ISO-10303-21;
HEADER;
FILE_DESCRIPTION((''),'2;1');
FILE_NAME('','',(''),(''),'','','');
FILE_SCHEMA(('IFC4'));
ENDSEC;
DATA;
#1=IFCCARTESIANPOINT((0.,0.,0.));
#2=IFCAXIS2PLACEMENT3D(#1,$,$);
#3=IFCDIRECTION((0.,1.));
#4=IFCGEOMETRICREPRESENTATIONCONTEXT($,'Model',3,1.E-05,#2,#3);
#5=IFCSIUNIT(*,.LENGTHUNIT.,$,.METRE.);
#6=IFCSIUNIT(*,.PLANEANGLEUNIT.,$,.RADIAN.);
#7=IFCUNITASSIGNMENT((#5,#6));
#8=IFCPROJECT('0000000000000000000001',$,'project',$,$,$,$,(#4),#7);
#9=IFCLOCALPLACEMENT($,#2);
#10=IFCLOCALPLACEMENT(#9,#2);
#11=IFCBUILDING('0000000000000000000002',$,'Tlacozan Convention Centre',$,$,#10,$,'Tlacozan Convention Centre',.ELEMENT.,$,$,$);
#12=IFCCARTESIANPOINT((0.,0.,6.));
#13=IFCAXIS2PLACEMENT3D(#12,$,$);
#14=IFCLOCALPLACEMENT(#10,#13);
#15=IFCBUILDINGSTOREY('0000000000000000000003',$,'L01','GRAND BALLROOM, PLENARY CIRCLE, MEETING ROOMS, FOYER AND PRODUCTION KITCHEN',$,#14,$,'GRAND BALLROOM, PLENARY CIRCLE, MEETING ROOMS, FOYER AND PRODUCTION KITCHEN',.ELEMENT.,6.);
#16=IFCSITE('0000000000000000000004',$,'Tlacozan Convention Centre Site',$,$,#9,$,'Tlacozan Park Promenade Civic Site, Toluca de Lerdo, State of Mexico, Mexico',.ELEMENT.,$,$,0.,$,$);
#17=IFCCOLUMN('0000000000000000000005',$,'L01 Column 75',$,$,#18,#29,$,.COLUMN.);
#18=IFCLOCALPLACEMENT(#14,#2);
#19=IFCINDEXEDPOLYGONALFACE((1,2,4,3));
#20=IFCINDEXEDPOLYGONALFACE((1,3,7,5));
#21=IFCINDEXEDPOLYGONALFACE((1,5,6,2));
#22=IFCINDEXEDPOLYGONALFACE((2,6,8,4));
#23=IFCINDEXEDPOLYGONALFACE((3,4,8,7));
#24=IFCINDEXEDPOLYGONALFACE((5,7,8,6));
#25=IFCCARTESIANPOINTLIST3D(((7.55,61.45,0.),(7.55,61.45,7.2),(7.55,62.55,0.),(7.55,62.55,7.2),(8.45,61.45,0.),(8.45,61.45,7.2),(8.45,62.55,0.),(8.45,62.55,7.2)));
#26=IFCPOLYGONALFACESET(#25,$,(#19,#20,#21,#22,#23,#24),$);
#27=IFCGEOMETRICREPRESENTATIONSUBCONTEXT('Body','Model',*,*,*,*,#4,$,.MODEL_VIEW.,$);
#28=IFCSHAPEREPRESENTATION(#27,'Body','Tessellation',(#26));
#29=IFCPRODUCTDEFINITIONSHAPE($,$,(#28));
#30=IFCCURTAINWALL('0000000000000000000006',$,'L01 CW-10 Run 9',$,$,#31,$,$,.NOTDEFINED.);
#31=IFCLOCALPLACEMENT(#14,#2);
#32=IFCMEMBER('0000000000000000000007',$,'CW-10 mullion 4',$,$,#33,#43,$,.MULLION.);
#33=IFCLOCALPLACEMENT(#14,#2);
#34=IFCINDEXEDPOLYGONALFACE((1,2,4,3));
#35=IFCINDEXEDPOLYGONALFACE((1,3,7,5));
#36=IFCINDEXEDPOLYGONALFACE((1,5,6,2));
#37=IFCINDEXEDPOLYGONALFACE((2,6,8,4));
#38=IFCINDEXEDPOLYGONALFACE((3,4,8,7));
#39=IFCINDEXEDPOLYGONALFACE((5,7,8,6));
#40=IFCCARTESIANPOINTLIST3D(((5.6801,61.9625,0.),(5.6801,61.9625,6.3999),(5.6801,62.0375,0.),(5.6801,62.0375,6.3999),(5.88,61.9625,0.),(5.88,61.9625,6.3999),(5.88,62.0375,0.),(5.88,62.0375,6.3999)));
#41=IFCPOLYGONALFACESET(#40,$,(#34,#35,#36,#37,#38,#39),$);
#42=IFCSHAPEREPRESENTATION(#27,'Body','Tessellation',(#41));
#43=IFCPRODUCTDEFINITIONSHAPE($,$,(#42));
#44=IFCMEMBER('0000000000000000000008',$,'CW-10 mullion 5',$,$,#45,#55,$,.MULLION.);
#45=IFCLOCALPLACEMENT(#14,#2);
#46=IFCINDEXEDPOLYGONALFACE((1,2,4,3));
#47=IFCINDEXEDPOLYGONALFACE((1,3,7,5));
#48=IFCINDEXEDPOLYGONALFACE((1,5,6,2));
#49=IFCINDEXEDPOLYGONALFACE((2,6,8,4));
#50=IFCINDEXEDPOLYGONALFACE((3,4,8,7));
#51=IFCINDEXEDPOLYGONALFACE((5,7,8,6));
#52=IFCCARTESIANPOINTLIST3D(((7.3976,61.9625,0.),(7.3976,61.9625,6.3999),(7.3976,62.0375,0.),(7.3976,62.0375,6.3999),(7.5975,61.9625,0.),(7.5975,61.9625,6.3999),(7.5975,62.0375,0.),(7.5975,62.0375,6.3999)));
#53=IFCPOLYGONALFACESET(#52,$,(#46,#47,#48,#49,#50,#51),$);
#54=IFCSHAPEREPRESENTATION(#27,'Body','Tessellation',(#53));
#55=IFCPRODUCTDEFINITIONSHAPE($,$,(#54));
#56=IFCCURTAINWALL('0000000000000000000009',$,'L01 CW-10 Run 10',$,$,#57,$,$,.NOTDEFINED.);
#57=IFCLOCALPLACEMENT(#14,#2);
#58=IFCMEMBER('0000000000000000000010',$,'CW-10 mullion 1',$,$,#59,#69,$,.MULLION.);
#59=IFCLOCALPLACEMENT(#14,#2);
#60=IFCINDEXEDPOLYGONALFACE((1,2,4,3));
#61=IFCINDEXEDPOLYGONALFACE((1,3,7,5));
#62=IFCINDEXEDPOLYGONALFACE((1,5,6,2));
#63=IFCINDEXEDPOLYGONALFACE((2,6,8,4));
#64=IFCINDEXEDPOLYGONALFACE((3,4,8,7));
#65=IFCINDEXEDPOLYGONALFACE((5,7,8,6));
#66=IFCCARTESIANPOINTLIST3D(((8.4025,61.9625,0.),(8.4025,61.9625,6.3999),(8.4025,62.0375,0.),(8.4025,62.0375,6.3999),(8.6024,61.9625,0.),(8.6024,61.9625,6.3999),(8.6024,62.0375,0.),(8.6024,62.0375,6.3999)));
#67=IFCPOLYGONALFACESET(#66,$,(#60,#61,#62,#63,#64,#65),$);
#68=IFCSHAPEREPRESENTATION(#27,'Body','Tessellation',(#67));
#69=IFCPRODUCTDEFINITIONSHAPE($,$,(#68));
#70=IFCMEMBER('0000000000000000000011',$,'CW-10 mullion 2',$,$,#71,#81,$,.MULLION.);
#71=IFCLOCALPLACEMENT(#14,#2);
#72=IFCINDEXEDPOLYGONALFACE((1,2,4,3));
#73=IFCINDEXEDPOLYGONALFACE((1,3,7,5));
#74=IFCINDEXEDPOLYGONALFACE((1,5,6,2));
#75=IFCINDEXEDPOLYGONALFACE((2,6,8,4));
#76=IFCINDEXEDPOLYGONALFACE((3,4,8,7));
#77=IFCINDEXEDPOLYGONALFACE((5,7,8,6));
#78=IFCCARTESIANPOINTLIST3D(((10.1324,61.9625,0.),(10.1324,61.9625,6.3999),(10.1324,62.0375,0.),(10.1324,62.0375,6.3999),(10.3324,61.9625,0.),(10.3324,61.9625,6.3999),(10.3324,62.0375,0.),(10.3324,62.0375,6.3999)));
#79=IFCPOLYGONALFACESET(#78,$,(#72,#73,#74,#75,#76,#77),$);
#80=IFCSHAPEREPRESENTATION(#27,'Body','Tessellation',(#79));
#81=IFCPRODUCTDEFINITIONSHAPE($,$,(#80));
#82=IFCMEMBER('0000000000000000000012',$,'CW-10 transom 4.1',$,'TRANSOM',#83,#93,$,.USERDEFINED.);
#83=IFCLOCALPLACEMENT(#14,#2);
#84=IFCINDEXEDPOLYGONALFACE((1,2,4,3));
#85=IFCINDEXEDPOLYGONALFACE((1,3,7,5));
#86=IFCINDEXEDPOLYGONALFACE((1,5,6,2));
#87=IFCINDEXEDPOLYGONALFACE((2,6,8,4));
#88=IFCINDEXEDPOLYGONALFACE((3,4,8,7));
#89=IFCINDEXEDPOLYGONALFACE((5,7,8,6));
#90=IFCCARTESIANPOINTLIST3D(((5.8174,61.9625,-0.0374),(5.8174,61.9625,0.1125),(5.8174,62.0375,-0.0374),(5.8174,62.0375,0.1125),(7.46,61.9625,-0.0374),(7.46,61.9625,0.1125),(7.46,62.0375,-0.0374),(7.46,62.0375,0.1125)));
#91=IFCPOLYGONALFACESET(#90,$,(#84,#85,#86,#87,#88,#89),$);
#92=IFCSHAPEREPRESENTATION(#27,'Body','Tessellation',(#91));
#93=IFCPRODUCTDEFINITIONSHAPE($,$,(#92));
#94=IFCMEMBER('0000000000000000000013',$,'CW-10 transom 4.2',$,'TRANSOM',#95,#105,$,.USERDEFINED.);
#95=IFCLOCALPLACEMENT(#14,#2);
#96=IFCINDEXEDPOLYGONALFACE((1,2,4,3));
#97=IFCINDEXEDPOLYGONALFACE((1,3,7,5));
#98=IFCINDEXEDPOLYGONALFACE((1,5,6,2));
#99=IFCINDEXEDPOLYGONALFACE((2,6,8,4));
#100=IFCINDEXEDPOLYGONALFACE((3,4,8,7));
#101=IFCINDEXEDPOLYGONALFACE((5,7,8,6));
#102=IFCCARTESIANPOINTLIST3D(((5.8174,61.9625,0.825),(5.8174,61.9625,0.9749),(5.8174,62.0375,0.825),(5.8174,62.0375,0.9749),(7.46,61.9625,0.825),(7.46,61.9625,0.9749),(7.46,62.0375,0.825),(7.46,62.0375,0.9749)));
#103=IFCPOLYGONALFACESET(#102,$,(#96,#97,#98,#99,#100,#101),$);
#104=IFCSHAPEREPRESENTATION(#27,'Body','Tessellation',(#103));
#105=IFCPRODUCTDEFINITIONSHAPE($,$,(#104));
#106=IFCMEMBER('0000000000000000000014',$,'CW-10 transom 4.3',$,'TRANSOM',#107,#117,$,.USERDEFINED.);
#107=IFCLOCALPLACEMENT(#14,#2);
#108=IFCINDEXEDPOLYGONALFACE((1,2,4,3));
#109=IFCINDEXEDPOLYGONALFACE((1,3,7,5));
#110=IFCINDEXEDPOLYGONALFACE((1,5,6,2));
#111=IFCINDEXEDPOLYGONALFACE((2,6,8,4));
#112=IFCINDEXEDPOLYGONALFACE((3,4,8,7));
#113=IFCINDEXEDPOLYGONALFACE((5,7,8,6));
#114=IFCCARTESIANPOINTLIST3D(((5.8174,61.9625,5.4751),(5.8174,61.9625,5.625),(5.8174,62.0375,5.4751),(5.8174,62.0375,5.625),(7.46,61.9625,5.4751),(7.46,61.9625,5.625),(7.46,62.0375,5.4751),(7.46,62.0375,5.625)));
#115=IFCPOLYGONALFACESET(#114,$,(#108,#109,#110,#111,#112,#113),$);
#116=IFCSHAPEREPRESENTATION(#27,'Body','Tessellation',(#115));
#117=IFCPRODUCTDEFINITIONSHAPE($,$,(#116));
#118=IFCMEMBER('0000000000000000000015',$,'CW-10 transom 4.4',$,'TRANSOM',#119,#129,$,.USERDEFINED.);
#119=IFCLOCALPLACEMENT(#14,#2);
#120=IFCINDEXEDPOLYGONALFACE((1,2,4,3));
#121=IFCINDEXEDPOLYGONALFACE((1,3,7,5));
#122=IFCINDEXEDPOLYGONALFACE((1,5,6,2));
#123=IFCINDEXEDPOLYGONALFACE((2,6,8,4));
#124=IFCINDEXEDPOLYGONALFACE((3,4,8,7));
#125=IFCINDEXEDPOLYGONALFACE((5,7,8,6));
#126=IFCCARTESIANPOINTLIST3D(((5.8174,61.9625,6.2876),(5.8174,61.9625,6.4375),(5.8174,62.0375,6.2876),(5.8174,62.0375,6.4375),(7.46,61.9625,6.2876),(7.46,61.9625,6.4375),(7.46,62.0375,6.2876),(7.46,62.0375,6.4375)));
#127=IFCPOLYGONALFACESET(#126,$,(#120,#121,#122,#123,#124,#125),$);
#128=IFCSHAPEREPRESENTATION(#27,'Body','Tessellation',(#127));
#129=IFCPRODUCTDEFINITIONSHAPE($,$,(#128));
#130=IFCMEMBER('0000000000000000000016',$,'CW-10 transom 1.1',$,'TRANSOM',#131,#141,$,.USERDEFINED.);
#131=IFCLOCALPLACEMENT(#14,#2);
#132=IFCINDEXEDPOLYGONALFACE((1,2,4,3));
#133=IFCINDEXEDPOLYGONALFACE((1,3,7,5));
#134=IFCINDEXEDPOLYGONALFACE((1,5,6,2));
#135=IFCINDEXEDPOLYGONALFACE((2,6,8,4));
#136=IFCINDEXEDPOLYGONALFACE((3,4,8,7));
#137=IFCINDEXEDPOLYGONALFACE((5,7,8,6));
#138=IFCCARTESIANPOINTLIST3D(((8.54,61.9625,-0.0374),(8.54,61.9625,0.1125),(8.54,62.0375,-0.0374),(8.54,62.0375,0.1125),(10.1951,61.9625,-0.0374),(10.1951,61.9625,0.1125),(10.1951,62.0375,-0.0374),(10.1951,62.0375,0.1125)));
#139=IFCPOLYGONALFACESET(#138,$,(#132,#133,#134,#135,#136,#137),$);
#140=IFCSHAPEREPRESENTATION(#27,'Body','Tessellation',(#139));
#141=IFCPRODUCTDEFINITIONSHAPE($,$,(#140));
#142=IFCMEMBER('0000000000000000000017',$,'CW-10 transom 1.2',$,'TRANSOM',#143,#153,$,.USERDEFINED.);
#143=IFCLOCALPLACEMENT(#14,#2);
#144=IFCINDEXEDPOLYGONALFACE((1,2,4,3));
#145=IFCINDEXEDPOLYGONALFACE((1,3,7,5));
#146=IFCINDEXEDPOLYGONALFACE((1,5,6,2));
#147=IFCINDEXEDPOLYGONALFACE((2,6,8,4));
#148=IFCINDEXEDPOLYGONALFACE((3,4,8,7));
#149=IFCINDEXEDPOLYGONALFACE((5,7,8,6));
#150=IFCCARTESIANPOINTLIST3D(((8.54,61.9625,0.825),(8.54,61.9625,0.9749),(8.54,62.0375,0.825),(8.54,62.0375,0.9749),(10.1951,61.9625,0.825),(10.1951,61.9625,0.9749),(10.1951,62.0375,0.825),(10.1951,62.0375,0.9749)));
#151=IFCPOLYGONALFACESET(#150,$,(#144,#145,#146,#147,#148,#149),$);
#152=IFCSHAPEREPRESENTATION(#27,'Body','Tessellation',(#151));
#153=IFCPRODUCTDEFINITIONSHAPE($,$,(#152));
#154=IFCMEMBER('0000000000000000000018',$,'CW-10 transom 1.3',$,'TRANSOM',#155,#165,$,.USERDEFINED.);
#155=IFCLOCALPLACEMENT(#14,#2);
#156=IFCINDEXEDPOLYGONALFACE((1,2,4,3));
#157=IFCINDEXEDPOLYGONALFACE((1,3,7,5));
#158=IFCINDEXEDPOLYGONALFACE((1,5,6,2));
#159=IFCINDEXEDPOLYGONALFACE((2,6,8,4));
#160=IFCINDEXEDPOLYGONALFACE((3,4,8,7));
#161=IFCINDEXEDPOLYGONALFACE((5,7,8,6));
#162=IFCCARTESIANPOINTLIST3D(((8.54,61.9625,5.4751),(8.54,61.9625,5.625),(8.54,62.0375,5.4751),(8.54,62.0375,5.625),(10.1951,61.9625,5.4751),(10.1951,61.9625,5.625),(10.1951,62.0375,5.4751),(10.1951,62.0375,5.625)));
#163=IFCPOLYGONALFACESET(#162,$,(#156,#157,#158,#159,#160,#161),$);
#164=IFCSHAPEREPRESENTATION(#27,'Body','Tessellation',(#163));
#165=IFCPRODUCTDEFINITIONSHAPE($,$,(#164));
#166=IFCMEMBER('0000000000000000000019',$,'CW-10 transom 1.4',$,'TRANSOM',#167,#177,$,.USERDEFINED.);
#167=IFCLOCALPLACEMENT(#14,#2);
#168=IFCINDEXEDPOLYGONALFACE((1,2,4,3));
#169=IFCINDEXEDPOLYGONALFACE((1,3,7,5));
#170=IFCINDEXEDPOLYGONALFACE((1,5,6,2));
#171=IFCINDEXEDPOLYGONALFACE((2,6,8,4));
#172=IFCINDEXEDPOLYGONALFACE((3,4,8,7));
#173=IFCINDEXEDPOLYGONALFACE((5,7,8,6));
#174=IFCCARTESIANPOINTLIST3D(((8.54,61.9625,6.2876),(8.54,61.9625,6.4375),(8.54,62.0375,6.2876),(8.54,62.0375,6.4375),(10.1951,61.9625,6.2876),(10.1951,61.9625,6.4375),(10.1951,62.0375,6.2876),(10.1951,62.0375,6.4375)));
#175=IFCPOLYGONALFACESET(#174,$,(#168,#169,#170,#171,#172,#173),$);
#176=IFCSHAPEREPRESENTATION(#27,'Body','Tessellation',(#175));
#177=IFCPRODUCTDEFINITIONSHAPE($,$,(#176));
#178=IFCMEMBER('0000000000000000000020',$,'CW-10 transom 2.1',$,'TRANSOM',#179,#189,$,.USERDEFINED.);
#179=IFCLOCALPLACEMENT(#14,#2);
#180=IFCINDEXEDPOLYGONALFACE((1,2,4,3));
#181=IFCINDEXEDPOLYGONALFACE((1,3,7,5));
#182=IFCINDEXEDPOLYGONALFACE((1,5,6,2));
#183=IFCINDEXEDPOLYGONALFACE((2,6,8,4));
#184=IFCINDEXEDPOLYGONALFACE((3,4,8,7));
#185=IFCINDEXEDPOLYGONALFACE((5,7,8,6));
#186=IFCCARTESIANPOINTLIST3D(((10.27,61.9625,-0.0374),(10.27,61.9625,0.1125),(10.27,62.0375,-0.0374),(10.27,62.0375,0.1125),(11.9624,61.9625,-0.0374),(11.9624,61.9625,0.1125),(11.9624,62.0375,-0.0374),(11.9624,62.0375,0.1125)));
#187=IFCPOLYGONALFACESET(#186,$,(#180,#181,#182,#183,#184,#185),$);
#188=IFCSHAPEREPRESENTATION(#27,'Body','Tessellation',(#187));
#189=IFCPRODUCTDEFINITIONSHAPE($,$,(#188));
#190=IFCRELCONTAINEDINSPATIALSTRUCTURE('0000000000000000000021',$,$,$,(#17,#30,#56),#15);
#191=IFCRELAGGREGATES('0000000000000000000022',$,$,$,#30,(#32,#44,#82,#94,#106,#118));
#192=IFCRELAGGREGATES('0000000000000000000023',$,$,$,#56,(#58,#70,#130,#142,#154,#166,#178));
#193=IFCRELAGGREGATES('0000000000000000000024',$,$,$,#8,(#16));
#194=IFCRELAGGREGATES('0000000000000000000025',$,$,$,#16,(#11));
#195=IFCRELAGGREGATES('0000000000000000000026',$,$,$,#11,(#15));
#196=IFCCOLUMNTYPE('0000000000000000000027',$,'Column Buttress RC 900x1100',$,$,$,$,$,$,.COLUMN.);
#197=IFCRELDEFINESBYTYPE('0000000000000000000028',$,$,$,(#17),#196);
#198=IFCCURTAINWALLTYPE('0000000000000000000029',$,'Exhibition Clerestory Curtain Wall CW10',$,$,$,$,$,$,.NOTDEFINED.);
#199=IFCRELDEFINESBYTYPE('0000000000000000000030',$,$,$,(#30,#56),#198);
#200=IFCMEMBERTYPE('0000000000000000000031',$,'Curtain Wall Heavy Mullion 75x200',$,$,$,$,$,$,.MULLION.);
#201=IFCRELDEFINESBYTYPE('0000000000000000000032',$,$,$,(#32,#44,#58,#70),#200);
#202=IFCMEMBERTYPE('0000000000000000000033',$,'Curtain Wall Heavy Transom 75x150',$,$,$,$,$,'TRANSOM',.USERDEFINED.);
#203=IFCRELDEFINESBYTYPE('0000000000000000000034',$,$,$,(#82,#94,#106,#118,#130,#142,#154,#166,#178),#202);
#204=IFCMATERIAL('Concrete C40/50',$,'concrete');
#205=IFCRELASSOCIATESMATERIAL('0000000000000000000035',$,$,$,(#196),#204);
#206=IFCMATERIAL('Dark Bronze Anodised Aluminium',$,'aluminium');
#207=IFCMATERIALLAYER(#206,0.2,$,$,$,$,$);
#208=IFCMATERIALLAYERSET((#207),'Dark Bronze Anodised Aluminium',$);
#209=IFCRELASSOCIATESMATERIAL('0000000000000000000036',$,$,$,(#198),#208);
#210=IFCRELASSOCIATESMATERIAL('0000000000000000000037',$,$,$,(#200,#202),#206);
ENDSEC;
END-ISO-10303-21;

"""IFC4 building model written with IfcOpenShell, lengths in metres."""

from ifc_helpers import new_model, si_unit, direction, frame, origin, origin_2d, place, context, subcontext, project, spatial, rectangle, extrude, material, layer, layer_set, material_profile, profile_set, type_object, element, aggregate, save


model = new_model("IFC4")

# Units and contexts
model_context = context("Model", 3, precision=1e-05, world=origin(), true_north=direction((0.0, 1.0)))
body_context = subcontext(model_context, "Body", "Model", "MODEL_VIEW")
ifc_project = project(units=[si_unit("LENGTHUNIT", "METRE"), si_unit("PLANEANGLEUNIT", "RADIAN")], contexts=[model_context])

# Site, building, storey
site_placement = place(None, origin())
site = spatial("IfcSite", under=ifc_project, at=site_placement, Name="Tlacozan Convention Centre Site", LongName="Tlacozan Park Promenade Civic Site, Toluca de Lerdo, State of Mexico, Mexico", CompositionType="ELEMENT", RefElevation=0.0)
building_placement = place(site_placement, origin())
building = spatial("IfcBuilding", under=site, at=building_placement, Name="Tlacozan Convention Centre", LongName="Tlacozan Convention Centre", CompositionType="ELEMENT")
storey_placement = place(building_placement, frame((0.0, 0.0, 6.0)))
storey = spatial("IfcBuildingStorey", under=building, at=storey_placement, Name="L01", Description="GRAND BALLROOM, PLENARY CIRCLE, MEETING ROOMS, FOYER AND PRODUCTION KITCHEN", LongName="GRAND BALLROOM, PLENARY CIRCLE, MEETING ROOMS, FOYER AND PRODUCTION KITCHEN", CompositionType="ELEMENT", Elevation=6.0)

# Column
ifc_material_1 = material(Name="Concrete C40/50", Category="concrete")
ifc_material_profile_1 = material_profile(ifc_material_1, rectangle(XDim=0.8999, YDim=1.1001, at=origin_2d()), Name="RC 900x1100")
ifc_profile_set_1 = profile_set([ifc_material_profile_1], Name="Concrete C40/50")
column_type = type_object("IfcColumnType", Name="Column Buttress RC 900x1100", PredefinedType="COLUMN", material=ifc_profile_set_1)
column_placement = place(storey_placement, frame((8.0, 62.0, 0.0), z_axis=(0.0, 0.0, 1.0), x_axis=(1.0, 0.0, 0.0)))
element("IfcColumn", 1, at=column_placement, inside=storey, type_object=column_type, Name="L01 Column 75", PredefinedType="COLUMN", context=body_context, shape_type="SweptSolid", body=[
    extrude(rectangle(XDim=0.8999, YDim=1.1001, at=origin_2d()), origin(), (0.0, 0.0, 1.0), 7.2),
])

# Curtain walls, members
ifc_material_2 = material(Name="Dark Bronze Anodised Aluminium", Category="aluminium")
ifc_layer_1 = layer(ifc_material_2, 0.2)
ifc_layer_set_1 = layer_set([ifc_layer_1], Name="Dark Bronze Anodised Aluminium")
curtain_wall_type = type_object("IfcCurtainWallType", Name="Exhibition Clerestory Curtain Wall CW10", PredefinedType="NOTDEFINED", material=ifc_layer_set_1)
curtain_wall_1_placement = place(storey_placement, origin())
curtain_wall_1 = element("IfcCurtainWall", 2, at=curtain_wall_1_placement, inside=storey, type_object=curtain_wall_type, Name="L01 CW-10 Run 9", PredefinedType="NOTDEFINED")
ifc_material_profile_2 = material_profile(ifc_material_2, rectangle(XDim=0.075, YDim=0.2, at=origin_2d()), Name="ALU 75x200")
ifc_profile_set_2 = profile_set([ifc_material_profile_2], Name="Dark Bronze Anodised Aluminium")
member_type_1 = type_object("IfcMemberType", Name="Curtain Wall Heavy Mullion 75x200", PredefinedType="MULLION", material=ifc_profile_set_2)
member_1_placement = place(storey_placement, frame((5.78, 62.0, 0.0), z_axis=(0.0, 0.0, 1.0), x_axis=(0.0, 1.0, 0.0)))
member_1 = element("IfcMember", 3, at=member_1_placement, type_object=member_type_1, Name="CW-10 mullion 4", PredefinedType="MULLION", context=body_context, shape_type="SweptSolid", body=[
    extrude(rectangle(XDim=0.075, YDim=0.2, at=origin_2d()), origin(), (0.0, 0.0, 1.0), 6.3999),
])
member_2_placement = place(storey_placement, frame((7.4976, 62.0, 0.0), z_axis=(0.0, 0.0, 1.0), x_axis=(0.0, 1.0, 0.0)))
member_2 = element("IfcMember", 4, at=member_2_placement, type_object=member_type_1, Name="CW-10 mullion 5", PredefinedType="MULLION", context=body_context, shape_type="SweptSolid", body=[
    extrude(rectangle(XDim=0.075, YDim=0.2, at=origin_2d()), origin(), (0.0, 0.0, 1.0), 6.3999),
])
curtain_wall_2_placement = place(storey_placement, origin())
curtain_wall_2 = element("IfcCurtainWall", 5, at=curtain_wall_2_placement, inside=storey, type_object=curtain_wall_type, Name="L01 CW-10 Run 10", PredefinedType="NOTDEFINED")
member_3_placement = place(storey_placement, frame((8.5024, 62.0, 0.0), z_axis=(0.0, 0.0, 1.0), x_axis=(0.0, 1.0, 0.0)))
member_3 = element("IfcMember", 6, at=member_3_placement, type_object=member_type_1, Name="CW-10 mullion 1", PredefinedType="MULLION", context=body_context, shape_type="SweptSolid", body=[
    extrude(rectangle(XDim=0.075, YDim=0.2, at=origin_2d()), origin(), (0.0, 0.0, 1.0), 6.3999),
])
member_4_placement = place(storey_placement, frame((10.2324, 62.0, 0.0), z_axis=(0.0, 0.0, 1.0), x_axis=(0.0, 1.0, 0.0)))
member_4 = element("IfcMember", 7, at=member_4_placement, type_object=member_type_1, Name="CW-10 mullion 2", PredefinedType="MULLION", context=body_context, shape_type="SweptSolid", body=[
    extrude(rectangle(XDim=0.075, YDim=0.2, at=origin_2d()), origin(), (0.0, 0.0, 1.0), 6.3999),
])

# Members
ifc_material_profile_3 = material_profile(ifc_material_2, rectangle(XDim=0.075, YDim=0.1499, at=origin_2d()), Name="ALU 75x150")
ifc_profile_set_3 = profile_set([ifc_material_profile_3], Name="Dark Bronze Anodised Aluminium")
member_type_2 = type_object("IfcMemberType", Name="Curtain Wall Heavy Transom 75x150", ElementType="TRANSOM", PredefinedType="USERDEFINED", material=ifc_profile_set_3)
member_5_placement = place(storey_placement, frame((5.8174, 62.0, 0.0376), z_axis=(1.0, 0.0, 0.0), x_axis=(0.0, 1.0, 0.0)))
member_5 = element("IfcMember", 8, at=member_5_placement, type_object=member_type_2, Name="CW-10 transom 4.1", ObjectType="TRANSOM", PredefinedType="USERDEFINED", context=body_context, shape_type="SweptSolid", body=[
    extrude(rectangle(XDim=0.075, YDim=0.1499, at=origin_2d()), origin(), (0.0, 0.0, 1.0), 1.6426),
])
member_6_placement = place(storey_placement, frame((5.8174, 62.0, 0.8999), z_axis=(1.0, 0.0, 0.0), x_axis=(0.0, 1.0, 0.0)))
member_6 = element("IfcMember", 9, at=member_6_placement, type_object=member_type_2, Name="CW-10 transom 4.2", ObjectType="TRANSOM", PredefinedType="USERDEFINED", context=body_context, shape_type="SweptSolid", body=[
    extrude(rectangle(XDim=0.075, YDim=0.1499, at=origin_2d()), origin(), (0.0, 0.0, 1.0), 1.6426),
])
member_7_placement = place(storey_placement, frame((5.8174, 62.0, 5.55), z_axis=(1.0, 0.0, 0.0), x_axis=(0.0, 1.0, 0.0)))
member_7 = element("IfcMember", 10, at=member_7_placement, type_object=member_type_2, Name="CW-10 transom 4.3", ObjectType="TRANSOM", PredefinedType="USERDEFINED", context=body_context, shape_type="SweptSolid", body=[
    extrude(rectangle(XDim=0.075, YDim=0.1499, at=origin_2d()), origin(), (0.0, 0.0, 1.0), 1.6426),
])
member_8_placement = place(storey_placement, frame((5.8174, 62.0, 6.3625), z_axis=(1.0, 0.0, 0.0), x_axis=(0.0, 1.0, 0.0)))
member_8 = element("IfcMember", 11, at=member_8_placement, type_object=member_type_2, Name="CW-10 transom 4.4", ObjectType="TRANSOM", PredefinedType="USERDEFINED", context=body_context, shape_type="SweptSolid", body=[
    extrude(rectangle(XDim=0.075, YDim=0.1499, at=origin_2d()), origin(), (0.0, 0.0, 1.0), 1.6426),
])
member_9_placement = place(storey_placement, frame((8.54, 62.0, 0.0376), z_axis=(1.0, 0.0, 0.0), x_axis=(0.0, 1.0, 0.0)))
member_9 = element("IfcMember", 12, at=member_9_placement, type_object=member_type_2, Name="CW-10 transom 1.1", ObjectType="TRANSOM", PredefinedType="USERDEFINED", context=body_context, shape_type="SweptSolid", body=[
    extrude(rectangle(XDim=0.075, YDim=0.1499, at=origin_2d()), origin(), (0.0, 0.0, 1.0), 1.655),
])
member_10_placement = place(storey_placement, frame((8.54, 62.0, 0.8999), z_axis=(1.0, 0.0, 0.0), x_axis=(0.0, 1.0, 0.0)))
member_10 = element("IfcMember", 13, at=member_10_placement, type_object=member_type_2, Name="CW-10 transom 1.2", ObjectType="TRANSOM", PredefinedType="USERDEFINED", context=body_context, shape_type="SweptSolid", body=[
    extrude(rectangle(XDim=0.075, YDim=0.1499, at=origin_2d()), origin(), (0.0, 0.0, 1.0), 1.655),
])
member_11_placement = place(storey_placement, frame((8.54, 62.0, 5.55), z_axis=(1.0, 0.0, 0.0), x_axis=(0.0, 1.0, 0.0)))
member_11 = element("IfcMember", 14, at=member_11_placement, type_object=member_type_2, Name="CW-10 transom 1.3", ObjectType="TRANSOM", PredefinedType="USERDEFINED", context=body_context, shape_type="SweptSolid", body=[
    extrude(rectangle(XDim=0.075, YDim=0.1499, at=origin_2d()), origin(), (0.0, 0.0, 1.0), 1.655),
])
member_12_placement = place(storey_placement, frame((8.54, 62.0, 6.3625), z_axis=(1.0, 0.0, 0.0), x_axis=(0.0, 1.0, 0.0)))
member_12 = element("IfcMember", 15, at=member_12_placement, type_object=member_type_2, Name="CW-10 transom 1.4", ObjectType="TRANSOM", PredefinedType="USERDEFINED", context=body_context, shape_type="SweptSolid", body=[
    extrude(rectangle(XDim=0.075, YDim=0.1499, at=origin_2d()), origin(), (0.0, 0.0, 1.0), 1.655),
])
member_13_placement = place(storey_placement, frame((10.27, 62.0, 0.0376), z_axis=(1.0, 0.0, 0.0), x_axis=(0.0, 1.0, 0.0)))
member_13 = element("IfcMember", 16, at=member_13_placement, type_object=member_type_2, Name="CW-10 transom 2.1", ObjectType="TRANSOM", PredefinedType="USERDEFINED", context=body_context, shape_type="SweptSolid", body=[
    extrude(rectangle(XDim=0.075, YDim=0.1499, at=origin_2d()), origin(), (0.0, 0.0, 1.0), 1.6924),
])

aggregate(curtain_wall_1, [member_1, member_2, member_5, member_6, member_7, member_8])
aggregate(curtain_wall_2, [member_3, member_4, member_9, member_10, member_11, member_12, member_13])

save(model, "model.ifc")
